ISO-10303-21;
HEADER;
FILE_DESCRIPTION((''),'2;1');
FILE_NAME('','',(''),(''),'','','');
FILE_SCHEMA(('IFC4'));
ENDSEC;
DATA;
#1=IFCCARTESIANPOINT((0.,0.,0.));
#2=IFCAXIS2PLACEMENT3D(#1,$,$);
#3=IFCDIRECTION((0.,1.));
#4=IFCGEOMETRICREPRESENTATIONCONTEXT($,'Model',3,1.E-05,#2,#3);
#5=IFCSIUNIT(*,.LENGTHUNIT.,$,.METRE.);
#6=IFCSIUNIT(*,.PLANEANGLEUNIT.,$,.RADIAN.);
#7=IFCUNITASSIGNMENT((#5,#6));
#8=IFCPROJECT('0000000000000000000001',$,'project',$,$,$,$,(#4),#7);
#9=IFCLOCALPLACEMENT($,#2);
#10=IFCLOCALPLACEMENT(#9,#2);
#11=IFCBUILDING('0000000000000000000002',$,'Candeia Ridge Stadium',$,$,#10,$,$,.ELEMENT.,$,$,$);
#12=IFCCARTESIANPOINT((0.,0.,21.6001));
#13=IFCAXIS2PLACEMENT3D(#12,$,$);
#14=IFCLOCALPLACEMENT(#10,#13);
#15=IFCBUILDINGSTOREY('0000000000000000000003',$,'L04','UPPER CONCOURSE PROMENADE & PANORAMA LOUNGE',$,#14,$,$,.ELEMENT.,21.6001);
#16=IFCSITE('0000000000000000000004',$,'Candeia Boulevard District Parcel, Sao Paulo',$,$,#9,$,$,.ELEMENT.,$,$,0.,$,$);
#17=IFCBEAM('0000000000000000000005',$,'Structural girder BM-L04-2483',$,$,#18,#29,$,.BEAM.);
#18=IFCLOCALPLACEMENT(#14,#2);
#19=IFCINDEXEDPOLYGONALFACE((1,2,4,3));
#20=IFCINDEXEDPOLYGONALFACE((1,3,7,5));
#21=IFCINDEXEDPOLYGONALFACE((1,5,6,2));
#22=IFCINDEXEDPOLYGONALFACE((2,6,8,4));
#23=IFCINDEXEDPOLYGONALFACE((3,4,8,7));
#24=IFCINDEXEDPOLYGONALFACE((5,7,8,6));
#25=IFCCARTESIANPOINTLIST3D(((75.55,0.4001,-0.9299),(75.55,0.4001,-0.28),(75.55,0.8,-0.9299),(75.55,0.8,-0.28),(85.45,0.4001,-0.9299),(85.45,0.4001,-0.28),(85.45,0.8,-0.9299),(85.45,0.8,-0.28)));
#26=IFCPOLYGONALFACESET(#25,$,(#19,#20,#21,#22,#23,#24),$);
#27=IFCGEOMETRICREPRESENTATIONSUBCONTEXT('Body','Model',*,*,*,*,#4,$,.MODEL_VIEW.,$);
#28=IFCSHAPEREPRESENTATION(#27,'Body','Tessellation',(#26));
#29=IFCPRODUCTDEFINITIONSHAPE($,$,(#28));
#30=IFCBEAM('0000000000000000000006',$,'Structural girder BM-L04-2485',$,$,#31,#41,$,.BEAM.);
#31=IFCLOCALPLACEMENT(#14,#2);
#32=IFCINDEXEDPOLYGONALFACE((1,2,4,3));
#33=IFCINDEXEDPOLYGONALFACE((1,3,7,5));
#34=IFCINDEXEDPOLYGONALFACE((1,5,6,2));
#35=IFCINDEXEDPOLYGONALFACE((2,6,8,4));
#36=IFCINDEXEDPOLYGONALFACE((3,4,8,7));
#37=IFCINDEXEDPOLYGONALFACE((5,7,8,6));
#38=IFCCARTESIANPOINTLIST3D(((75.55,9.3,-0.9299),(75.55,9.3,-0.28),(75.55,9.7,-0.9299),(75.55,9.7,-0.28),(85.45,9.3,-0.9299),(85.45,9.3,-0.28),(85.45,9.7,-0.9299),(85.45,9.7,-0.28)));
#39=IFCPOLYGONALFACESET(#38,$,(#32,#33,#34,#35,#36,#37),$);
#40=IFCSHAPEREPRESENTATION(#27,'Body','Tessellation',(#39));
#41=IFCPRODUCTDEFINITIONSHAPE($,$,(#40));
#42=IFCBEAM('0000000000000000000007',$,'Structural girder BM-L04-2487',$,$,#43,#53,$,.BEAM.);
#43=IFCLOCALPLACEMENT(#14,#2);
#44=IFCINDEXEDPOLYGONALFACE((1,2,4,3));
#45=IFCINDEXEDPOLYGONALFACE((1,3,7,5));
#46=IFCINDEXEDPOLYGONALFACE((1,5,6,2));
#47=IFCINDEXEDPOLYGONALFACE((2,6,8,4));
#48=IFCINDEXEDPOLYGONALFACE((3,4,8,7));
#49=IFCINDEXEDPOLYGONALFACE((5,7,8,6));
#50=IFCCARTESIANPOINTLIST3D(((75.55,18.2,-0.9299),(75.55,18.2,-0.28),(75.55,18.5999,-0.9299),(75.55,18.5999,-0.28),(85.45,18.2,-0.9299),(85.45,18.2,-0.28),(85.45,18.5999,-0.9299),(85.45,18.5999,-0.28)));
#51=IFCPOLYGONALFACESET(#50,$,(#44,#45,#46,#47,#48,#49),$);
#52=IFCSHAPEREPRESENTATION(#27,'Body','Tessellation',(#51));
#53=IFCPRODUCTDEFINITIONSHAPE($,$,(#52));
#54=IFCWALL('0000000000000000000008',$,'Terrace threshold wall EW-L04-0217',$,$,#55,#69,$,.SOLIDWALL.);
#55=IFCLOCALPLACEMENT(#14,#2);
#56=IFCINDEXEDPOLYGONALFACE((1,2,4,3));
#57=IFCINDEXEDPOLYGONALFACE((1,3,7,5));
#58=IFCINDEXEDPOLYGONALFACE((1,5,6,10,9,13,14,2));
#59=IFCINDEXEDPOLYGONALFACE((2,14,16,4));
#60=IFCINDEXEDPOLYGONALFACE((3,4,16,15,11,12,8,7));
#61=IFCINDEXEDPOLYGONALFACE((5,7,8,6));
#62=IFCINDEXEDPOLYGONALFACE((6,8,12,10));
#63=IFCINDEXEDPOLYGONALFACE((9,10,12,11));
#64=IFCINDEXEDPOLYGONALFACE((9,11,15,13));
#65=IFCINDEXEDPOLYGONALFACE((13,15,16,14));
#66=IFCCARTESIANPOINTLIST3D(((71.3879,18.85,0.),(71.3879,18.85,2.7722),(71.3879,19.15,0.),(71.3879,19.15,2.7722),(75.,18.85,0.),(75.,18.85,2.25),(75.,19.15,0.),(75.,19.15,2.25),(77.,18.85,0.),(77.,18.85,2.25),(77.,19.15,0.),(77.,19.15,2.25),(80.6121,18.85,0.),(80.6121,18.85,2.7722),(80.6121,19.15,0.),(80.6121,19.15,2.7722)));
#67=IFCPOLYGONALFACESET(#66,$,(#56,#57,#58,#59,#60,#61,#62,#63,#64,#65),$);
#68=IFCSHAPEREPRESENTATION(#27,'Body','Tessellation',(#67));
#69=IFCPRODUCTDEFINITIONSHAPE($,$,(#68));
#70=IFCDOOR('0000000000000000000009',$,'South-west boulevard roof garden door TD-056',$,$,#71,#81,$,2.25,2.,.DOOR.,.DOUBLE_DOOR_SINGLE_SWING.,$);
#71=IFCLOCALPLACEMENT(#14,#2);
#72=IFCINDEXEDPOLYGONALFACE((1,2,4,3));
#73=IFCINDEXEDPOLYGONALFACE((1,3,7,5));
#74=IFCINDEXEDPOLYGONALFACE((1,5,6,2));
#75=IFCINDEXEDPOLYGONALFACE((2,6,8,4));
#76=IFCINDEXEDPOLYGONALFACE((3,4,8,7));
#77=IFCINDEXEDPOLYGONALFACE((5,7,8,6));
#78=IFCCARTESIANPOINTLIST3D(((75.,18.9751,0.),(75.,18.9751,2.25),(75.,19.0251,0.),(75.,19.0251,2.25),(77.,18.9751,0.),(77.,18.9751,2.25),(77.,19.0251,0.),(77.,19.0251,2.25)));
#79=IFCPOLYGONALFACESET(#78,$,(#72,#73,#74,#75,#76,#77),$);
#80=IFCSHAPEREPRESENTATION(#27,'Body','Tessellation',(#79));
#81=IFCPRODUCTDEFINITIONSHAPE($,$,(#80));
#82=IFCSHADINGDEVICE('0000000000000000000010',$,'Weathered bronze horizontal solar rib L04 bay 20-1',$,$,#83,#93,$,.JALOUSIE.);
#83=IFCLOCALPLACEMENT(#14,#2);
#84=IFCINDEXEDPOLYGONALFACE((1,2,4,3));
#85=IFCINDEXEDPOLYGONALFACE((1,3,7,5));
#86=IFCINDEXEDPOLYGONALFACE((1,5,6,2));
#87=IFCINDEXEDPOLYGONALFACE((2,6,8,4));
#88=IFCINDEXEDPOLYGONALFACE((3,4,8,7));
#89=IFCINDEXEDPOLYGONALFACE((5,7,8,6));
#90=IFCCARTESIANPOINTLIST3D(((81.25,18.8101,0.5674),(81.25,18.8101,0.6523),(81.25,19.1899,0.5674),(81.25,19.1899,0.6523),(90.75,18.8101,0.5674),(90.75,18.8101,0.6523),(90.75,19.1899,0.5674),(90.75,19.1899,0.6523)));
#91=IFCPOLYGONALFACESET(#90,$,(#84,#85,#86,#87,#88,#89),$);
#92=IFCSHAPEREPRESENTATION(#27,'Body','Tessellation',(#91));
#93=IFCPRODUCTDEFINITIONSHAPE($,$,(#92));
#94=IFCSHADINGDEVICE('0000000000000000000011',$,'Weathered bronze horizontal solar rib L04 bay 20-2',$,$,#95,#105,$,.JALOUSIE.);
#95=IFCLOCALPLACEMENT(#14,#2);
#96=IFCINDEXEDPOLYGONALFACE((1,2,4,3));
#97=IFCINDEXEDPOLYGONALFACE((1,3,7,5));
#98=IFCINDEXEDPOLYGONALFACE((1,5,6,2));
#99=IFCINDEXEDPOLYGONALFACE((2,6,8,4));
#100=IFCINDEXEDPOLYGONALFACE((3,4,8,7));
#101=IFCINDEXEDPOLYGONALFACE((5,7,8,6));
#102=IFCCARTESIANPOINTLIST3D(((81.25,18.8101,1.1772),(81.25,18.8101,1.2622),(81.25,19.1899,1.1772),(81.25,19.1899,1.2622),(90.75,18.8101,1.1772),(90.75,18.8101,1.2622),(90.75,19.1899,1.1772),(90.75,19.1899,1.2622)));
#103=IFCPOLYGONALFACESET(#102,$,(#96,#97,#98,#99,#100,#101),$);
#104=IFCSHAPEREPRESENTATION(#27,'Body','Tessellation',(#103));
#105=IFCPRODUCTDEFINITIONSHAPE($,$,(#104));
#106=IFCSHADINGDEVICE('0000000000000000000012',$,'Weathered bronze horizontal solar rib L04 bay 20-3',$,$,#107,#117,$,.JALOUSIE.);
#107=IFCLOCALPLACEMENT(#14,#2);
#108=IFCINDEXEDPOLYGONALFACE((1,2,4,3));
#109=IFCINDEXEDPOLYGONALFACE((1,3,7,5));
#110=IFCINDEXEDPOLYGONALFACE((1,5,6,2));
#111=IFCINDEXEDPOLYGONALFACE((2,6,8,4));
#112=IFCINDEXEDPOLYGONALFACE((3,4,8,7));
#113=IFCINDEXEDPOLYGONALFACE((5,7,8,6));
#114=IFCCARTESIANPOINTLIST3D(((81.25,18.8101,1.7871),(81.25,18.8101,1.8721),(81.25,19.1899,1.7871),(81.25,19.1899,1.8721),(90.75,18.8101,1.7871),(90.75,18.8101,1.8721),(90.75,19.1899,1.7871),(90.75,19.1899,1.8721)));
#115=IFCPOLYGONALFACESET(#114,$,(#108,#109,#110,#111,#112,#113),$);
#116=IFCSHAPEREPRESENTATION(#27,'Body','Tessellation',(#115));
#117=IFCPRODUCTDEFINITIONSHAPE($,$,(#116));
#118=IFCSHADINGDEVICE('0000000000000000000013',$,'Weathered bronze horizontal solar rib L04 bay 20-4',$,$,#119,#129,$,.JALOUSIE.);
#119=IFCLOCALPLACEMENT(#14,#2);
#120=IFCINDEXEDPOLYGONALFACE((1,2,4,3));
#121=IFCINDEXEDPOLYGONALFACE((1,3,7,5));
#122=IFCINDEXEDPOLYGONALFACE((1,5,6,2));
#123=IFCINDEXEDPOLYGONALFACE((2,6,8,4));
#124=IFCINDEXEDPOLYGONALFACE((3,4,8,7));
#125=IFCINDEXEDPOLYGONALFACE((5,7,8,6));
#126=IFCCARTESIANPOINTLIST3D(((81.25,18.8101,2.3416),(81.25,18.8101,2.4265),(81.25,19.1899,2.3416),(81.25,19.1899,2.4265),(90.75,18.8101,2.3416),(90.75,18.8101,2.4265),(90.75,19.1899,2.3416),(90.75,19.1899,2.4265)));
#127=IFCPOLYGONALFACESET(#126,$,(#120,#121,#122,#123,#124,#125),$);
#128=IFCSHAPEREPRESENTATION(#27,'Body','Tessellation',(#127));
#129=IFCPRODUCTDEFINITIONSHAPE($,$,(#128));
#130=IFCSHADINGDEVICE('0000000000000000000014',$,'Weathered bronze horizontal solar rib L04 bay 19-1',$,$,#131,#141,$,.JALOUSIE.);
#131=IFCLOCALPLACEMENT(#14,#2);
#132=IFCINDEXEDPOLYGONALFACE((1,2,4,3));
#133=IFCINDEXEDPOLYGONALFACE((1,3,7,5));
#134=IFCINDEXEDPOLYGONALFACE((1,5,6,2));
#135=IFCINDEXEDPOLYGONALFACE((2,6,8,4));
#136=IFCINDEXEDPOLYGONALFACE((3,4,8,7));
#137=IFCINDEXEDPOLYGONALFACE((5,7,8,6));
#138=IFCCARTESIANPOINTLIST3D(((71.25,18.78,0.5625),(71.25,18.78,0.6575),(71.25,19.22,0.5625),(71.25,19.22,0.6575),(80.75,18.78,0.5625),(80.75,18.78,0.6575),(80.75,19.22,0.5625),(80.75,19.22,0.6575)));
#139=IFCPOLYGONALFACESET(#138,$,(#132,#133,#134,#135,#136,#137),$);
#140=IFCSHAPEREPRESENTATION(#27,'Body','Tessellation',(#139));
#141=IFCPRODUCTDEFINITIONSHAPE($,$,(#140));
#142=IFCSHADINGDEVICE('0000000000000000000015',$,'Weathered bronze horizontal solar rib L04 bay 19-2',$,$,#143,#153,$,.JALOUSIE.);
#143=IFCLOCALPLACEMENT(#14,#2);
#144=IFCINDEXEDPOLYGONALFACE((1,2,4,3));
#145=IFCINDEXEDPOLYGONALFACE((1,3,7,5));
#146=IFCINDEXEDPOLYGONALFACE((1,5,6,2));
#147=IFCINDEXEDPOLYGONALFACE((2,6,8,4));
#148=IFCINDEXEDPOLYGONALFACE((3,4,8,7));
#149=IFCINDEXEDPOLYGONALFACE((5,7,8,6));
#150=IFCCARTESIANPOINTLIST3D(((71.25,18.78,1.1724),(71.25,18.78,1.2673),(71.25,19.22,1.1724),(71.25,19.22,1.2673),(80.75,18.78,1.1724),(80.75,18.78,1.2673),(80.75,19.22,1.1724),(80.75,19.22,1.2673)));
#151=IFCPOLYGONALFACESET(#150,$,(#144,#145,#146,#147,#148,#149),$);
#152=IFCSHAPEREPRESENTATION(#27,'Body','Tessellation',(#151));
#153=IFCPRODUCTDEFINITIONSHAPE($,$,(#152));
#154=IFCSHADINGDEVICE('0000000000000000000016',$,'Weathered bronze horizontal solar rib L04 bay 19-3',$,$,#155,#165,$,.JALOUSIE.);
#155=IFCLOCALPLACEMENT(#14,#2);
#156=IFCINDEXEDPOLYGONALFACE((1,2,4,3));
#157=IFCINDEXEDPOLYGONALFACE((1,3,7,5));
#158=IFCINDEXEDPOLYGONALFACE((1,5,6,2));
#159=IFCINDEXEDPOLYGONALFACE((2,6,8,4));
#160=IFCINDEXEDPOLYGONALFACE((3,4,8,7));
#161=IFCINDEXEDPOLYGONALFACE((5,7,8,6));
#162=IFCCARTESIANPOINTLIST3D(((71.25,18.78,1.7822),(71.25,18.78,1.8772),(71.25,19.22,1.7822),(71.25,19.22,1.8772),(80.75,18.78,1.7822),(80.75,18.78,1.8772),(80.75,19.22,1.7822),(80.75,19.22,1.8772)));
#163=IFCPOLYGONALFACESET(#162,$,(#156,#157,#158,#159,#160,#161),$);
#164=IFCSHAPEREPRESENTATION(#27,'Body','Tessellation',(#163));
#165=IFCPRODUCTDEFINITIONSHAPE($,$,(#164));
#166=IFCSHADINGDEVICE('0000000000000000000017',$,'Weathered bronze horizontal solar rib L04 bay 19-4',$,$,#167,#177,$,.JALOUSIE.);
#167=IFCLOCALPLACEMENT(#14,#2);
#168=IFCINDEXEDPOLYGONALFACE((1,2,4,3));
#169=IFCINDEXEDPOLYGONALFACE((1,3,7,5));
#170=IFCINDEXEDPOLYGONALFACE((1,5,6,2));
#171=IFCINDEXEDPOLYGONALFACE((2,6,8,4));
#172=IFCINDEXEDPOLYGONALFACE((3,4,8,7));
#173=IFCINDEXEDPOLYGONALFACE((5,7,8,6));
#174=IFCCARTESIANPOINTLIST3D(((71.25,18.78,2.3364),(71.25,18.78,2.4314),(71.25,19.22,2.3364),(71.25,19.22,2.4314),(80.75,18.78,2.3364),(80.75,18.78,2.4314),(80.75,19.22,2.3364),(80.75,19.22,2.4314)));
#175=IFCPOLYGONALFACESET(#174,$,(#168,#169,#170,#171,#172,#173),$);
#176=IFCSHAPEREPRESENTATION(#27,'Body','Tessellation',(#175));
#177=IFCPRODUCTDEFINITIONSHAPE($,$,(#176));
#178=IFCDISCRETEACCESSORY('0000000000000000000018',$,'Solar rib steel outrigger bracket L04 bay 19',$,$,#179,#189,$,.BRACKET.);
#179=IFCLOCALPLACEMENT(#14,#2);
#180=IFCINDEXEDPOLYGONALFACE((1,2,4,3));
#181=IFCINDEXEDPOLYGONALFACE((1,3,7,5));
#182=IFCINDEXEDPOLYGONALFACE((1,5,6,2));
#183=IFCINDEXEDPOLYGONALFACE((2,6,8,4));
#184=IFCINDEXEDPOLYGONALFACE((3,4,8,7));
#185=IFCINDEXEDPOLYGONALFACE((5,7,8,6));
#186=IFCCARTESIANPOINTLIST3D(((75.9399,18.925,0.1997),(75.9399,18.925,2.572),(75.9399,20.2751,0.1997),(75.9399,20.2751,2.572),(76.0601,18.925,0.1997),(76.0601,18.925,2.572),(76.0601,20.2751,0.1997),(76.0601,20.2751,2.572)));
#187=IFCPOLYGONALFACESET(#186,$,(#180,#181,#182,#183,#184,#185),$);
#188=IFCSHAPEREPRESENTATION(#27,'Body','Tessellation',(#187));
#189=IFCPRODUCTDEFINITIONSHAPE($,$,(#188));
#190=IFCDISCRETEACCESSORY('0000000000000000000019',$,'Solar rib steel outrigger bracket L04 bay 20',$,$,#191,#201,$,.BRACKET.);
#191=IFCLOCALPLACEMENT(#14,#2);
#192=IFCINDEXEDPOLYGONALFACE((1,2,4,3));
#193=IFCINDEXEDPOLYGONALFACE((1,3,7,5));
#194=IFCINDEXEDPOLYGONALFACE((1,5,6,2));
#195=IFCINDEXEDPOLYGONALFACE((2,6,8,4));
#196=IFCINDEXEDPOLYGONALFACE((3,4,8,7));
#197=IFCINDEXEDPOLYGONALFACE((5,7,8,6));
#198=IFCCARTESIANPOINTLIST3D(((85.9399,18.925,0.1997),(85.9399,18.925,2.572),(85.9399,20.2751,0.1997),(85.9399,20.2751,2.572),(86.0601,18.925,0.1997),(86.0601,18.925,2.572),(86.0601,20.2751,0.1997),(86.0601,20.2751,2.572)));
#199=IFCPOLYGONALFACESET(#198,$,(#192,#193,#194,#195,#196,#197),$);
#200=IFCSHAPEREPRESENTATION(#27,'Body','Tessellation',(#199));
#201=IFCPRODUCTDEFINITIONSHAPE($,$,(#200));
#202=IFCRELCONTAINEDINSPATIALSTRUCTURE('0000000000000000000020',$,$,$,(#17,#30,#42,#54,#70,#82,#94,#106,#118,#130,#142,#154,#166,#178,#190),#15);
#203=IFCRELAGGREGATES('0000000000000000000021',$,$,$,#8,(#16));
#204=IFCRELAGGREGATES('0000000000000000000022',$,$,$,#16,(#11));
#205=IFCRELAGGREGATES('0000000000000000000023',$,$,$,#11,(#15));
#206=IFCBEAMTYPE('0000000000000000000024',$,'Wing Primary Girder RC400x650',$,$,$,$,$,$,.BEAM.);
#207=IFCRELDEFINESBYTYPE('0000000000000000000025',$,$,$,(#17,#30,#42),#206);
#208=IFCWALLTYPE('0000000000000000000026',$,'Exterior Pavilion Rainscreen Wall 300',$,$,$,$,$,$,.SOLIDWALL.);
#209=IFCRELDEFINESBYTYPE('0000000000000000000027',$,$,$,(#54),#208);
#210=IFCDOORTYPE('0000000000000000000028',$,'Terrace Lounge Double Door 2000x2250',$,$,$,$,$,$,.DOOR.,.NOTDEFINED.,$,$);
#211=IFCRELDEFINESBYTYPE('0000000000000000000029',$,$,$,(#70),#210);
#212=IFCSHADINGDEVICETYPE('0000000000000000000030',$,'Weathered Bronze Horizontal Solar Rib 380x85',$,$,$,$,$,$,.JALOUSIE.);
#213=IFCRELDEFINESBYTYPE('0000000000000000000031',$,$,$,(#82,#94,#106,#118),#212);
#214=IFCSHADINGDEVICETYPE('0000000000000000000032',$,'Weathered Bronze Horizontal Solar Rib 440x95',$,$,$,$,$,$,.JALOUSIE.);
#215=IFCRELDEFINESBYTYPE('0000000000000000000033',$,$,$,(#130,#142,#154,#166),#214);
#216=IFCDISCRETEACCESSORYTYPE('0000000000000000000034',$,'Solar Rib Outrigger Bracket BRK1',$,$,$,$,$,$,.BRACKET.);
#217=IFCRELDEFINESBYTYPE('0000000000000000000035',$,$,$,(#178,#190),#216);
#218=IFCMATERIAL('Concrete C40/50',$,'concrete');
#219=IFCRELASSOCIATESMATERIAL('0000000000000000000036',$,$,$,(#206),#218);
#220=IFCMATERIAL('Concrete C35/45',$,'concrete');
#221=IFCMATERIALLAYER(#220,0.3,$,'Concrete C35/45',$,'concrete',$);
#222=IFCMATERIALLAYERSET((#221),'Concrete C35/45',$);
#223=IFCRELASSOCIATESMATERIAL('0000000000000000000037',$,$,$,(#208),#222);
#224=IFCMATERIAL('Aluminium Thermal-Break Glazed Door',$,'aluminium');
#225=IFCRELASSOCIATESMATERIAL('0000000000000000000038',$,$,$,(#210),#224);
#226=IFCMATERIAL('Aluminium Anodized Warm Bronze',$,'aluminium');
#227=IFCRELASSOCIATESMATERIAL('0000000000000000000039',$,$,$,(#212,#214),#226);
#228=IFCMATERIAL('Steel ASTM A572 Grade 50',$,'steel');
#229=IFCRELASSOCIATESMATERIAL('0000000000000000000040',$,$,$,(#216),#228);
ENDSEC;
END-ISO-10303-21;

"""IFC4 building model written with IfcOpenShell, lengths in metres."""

from ifc_helpers import new_model, si_unit, direction, frame, frame_2d, origin, origin_2d, place, context, subcontext, project, spatial, rectangle, extrude, material, layer, layer_set, material_profile, profile_set, type_object, element, fill, save


model = new_model("IFC4")

# Units and contexts
model_context = context("Model", 3, precision=1e-05, world=origin(), true_north=direction((0.0, 1.0)))
body_context = subcontext(model_context, "Body", "Model", "MODEL_VIEW")
ifc_project = project(units=[si_unit("LENGTHUNIT", "METRE"), si_unit("PLANEANGLEUNIT", "RADIAN")], contexts=[model_context])

# Site, building, storey
site_placement = place(None, origin())
site = spatial("IfcSite", under=ifc_project, at=site_placement, Name="Candeia Boulevard District Parcel, Sao Paulo", CompositionType="ELEMENT", RefElevation=0.0)
building_placement = place(site_placement, origin())
building = spatial("IfcBuilding", under=site, at=building_placement, Name="Candeia Ridge Stadium", CompositionType="ELEMENT")
storey_placement = place(building_placement, frame((0.0, 0.0, 21.6001)))
storey = spatial("IfcBuildingStorey", under=building, at=storey_placement, Name="L04", Description="UPPER CONCOURSE PROMENADE & PANORAMA LOUNGE", CompositionType="ELEMENT", Elevation=21.6001)

# Shared definitions
ifc_material_1 = material(Name="Steel ASTM A572 Grade 50", Category="steel")

# Shared definitions
ifc_material_2 = material(Name="Aluminium Anodized Warm Bronze", Category="aluminium")

# Beams
ifc_material_3 = material(Name="Concrete C40/50", Category="concrete")
ifc_material_profile_1 = material_profile(ifc_material_3, rectangle(XDim=0.3999, YDim=0.6499, at=origin_2d()), Name="RC400x650", Category="concrete")
ifc_profile_set_1 = profile_set([ifc_material_profile_1], Name="Concrete C40/50")
beam_type_1 = type_object("IfcBeamType", Name="Wing Primary Girder RC400x650", PredefinedType="BEAM", material=ifc_profile_set_1)
for number, where, z_axis, x_axis, name in (
    (1, (75.55, 0.6001, -0.605), (1.0, 0.0, 0.0), (0.0, 1.0, 0.0), "Structural girder BM-L04-2483"),
    (2, (75.55, 9.5, -0.605), (1.0, 0.0, 0.0), (0.0, 1.0, 0.0), "Structural girder BM-L04-2485"),
    (3, (75.55, 18.3999, -0.605), (1.0, 0.0, 0.0), (0.0, 1.0, 0.0), "Structural girder BM-L04-2487"),
):
    element("IfcBeam", number, at=place(storey_placement, frame(where, z_axis=z_axis, x_axis=x_axis)), inside=storey, type_object=beam_type_1, Name=name, PredefinedType="BEAM", context=body_context, shape_type="SweptSolid", body=[
        extrude(rectangle(XDim=0.3999, YDim=0.6499, at=origin_2d()), origin(), (0.0, 0.0, 1.0), 9.8999),
    ])

# Wall, opening, door
ifc_material_4 = material(Name="Concrete C35/45", Category="concrete")
ifc_layer_1 = layer(ifc_material_4, 0.3, Name="Concrete C35/45", Category="concrete")
ifc_layer_set_1 = layer_set([ifc_layer_1], Name="Concrete C35/45")
wall_type = type_object("IfcWallType", Name="Exterior Pavilion Rainscreen Wall 300", PredefinedType="SOLIDWALL", material=ifc_layer_set_1)
wall_placement = place(storey_placement, frame((71.3879, 19.0, 0.0), z_axis=(0.0, 0.0, 1.0), x_axis=(1.0, 0.0, 0.0)))
wall = element("IfcWall", 4, at=wall_placement, inside=storey, type_object=wall_type, Name="Terrace threshold wall EW-L04-0217", PredefinedType="SOLIDWALL", context=body_context, shape_type="SweptSolid", body=[
    extrude(rectangle(XDim=9.2241, YDim=0.3, at=frame_2d((4.6121, 0.0))), origin(), (0.0, 0.0, 1.0), 2.7722),
])
opening_placement = place(wall_placement, frame((3.6121, 0.0, 0.0)))
opening = element("IfcOpeningElement", 5, at=opening_placement, cuts=wall, PredefinedType="OPENING", context=body_context, shape_type="SweptSolid", body=[
    extrude(rectangle(XDim=2.0, YDim=2.25, at=frame_2d((1.0, 1.125))), frame((0.0, 0.1599, 0.0), z_axis=(0.0, -1.0, 0.0), x_axis=(1.0, 0.0, 0.0)), (0.0, 0.0, 1.0), 0.3201),
])
ifc_material_5 = material(Name="Aluminium Thermal-Break Glazed Door", Category="aluminium")
door_type = type_object("IfcDoorType", Name="Terrace Lounge Double Door 2000x2250", OperationType="NOTDEFINED", PredefinedType="DOOR", material=ifc_material_5)
door_placement = place(opening_placement, frame((2.0, 0.0, 0.0), z_axis=(0.0, 0.0, 1.0), x_axis=(-1.0, 0.0, 0.0)))
door = element("IfcDoor", 6, at=door_placement, inside=storey, type_object=door_type, Name="South-west boulevard roof garden door TD-056", OperationType="DOUBLE_DOOR_SINGLE_SWING", OverallHeight=2.25, OverallWidth=2.0, PredefinedType="DOOR", context=body_context, shape_type="SweptSolid", body=[
    extrude(rectangle(XDim=2.0, YDim=2.25, at=frame_2d((1.0, 1.125))), frame((0.0, 0.0249, 0.0), z_axis=(0.0, -1.0, 0.0), x_axis=(1.0, 0.0, 0.0)), (0.0, 0.0, 1.0), 0.05),
])
fill(opening, door)

# Shading devices
shading_device_type_1 = type_object("IfcShadingDeviceType", Name="Weathered Bronze Horizontal Solar Rib 380x85", PredefinedType="JALOUSIE", material=ifc_material_2)
for number, where, z_axis, x_axis, name in (
    (7, (86.0, 19.0, 0.5674), (0.0, 0.0, 1.0), (1.0, 0.0, 0.0), "Weathered bronze horizontal solar rib L04 bay 20-1"),
    (8, (86.0, 19.0, 1.1772), (0.0, 0.0, 1.0), (1.0, 0.0, 0.0), "Weathered bronze horizontal solar rib L04 bay 20-2"),
    (9, (86.0, 19.0, 1.7871), (0.0, 0.0, 1.0), (1.0, 0.0, 0.0), "Weathered bronze horizontal solar rib L04 bay 20-3"),
    (10, (86.0, 19.0, 2.3416), (0.0, 0.0, 1.0), (1.0, 0.0, 0.0), "Weathered bronze horizontal solar rib L04 bay 20-4"),
):
    element("IfcShadingDevice", number, at=place(storey_placement, frame(where, z_axis=z_axis, x_axis=x_axis)), inside=storey, type_object=shading_device_type_1, Name=name, PredefinedType="JALOUSIE", context=body_context, shape_type="SweptSolid", body=[
        extrude(rectangle(XDim=9.5, YDim=0.3799, at=origin_2d()), origin(), (0.0, 0.0, 1.0), 0.085),
    ])
shading_device_type_2 = type_object("IfcShadingDeviceType", Name="Weathered Bronze Horizontal Solar Rib 440x95", PredefinedType="JALOUSIE", material=ifc_material_2)
for number, where, z_axis, x_axis, name in (
    (11, (76.0, 19.0, 0.5625), (0.0, 0.0, 1.0), (1.0, 0.0, 0.0), "Weathered bronze horizontal solar rib L04 bay 19-1"),
    (12, (76.0, 19.0, 1.1724), (0.0, 0.0, 1.0), (1.0, 0.0, 0.0), "Weathered bronze horizontal solar rib L04 bay 19-2"),
    (13, (76.0, 19.0, 1.7822), (0.0, 0.0, 1.0), (1.0, 0.0, 0.0), "Weathered bronze horizontal solar rib L04 bay 19-3"),
    (14, (76.0, 19.0, 2.3364), (0.0, 0.0, 1.0), (1.0, 0.0, 0.0), "Weathered bronze horizontal solar rib L04 bay 19-4"),
):
    element("IfcShadingDevice", number, at=place(storey_placement, frame(where, z_axis=z_axis, x_axis=x_axis)), inside=storey, type_object=shading_device_type_2, Name=name, PredefinedType="JALOUSIE", context=body_context, shape_type="SweptSolid", body=[
        extrude(rectangle(XDim=9.5, YDim=0.4399, at=origin_2d()), origin(), (0.0, 0.0, 1.0), 0.095),
    ])

# Discrete accessories
discrete_accessory_type = type_object("IfcDiscreteAccessoryType", Name="Solar Rib Outrigger Bracket BRK1", PredefinedType="BRACKET", material=ifc_material_1)
for number, where, z_axis, x_axis, name in (
    (15, (76.0, 19.6001, 0.1997), (0.0, 0.0, 1.0), (0.0, -1.0, 0.0), "Solar rib steel outrigger bracket L04 bay 19"),
    (16, (86.0, 19.6001, 0.1997), (0.0, 0.0, 1.0), (0.0, -1.0, 0.0), "Solar rib steel outrigger bracket L04 bay 20"),
):
    element("IfcDiscreteAccessory", number, at=place(storey_placement, frame(where, z_axis=z_axis, x_axis=x_axis)), inside=storey, type_object=discrete_accessory_type, Name=name, PredefinedType="BRACKET", context=body_context, shape_type="SweptSolid", body=[
        extrude(rectangle(XDim=1.3501, YDim=0.1201, at=origin_2d()), origin(), (0.0, 0.0, 1.0), 2.3723),
    ])

save(model, "model.ifc")
